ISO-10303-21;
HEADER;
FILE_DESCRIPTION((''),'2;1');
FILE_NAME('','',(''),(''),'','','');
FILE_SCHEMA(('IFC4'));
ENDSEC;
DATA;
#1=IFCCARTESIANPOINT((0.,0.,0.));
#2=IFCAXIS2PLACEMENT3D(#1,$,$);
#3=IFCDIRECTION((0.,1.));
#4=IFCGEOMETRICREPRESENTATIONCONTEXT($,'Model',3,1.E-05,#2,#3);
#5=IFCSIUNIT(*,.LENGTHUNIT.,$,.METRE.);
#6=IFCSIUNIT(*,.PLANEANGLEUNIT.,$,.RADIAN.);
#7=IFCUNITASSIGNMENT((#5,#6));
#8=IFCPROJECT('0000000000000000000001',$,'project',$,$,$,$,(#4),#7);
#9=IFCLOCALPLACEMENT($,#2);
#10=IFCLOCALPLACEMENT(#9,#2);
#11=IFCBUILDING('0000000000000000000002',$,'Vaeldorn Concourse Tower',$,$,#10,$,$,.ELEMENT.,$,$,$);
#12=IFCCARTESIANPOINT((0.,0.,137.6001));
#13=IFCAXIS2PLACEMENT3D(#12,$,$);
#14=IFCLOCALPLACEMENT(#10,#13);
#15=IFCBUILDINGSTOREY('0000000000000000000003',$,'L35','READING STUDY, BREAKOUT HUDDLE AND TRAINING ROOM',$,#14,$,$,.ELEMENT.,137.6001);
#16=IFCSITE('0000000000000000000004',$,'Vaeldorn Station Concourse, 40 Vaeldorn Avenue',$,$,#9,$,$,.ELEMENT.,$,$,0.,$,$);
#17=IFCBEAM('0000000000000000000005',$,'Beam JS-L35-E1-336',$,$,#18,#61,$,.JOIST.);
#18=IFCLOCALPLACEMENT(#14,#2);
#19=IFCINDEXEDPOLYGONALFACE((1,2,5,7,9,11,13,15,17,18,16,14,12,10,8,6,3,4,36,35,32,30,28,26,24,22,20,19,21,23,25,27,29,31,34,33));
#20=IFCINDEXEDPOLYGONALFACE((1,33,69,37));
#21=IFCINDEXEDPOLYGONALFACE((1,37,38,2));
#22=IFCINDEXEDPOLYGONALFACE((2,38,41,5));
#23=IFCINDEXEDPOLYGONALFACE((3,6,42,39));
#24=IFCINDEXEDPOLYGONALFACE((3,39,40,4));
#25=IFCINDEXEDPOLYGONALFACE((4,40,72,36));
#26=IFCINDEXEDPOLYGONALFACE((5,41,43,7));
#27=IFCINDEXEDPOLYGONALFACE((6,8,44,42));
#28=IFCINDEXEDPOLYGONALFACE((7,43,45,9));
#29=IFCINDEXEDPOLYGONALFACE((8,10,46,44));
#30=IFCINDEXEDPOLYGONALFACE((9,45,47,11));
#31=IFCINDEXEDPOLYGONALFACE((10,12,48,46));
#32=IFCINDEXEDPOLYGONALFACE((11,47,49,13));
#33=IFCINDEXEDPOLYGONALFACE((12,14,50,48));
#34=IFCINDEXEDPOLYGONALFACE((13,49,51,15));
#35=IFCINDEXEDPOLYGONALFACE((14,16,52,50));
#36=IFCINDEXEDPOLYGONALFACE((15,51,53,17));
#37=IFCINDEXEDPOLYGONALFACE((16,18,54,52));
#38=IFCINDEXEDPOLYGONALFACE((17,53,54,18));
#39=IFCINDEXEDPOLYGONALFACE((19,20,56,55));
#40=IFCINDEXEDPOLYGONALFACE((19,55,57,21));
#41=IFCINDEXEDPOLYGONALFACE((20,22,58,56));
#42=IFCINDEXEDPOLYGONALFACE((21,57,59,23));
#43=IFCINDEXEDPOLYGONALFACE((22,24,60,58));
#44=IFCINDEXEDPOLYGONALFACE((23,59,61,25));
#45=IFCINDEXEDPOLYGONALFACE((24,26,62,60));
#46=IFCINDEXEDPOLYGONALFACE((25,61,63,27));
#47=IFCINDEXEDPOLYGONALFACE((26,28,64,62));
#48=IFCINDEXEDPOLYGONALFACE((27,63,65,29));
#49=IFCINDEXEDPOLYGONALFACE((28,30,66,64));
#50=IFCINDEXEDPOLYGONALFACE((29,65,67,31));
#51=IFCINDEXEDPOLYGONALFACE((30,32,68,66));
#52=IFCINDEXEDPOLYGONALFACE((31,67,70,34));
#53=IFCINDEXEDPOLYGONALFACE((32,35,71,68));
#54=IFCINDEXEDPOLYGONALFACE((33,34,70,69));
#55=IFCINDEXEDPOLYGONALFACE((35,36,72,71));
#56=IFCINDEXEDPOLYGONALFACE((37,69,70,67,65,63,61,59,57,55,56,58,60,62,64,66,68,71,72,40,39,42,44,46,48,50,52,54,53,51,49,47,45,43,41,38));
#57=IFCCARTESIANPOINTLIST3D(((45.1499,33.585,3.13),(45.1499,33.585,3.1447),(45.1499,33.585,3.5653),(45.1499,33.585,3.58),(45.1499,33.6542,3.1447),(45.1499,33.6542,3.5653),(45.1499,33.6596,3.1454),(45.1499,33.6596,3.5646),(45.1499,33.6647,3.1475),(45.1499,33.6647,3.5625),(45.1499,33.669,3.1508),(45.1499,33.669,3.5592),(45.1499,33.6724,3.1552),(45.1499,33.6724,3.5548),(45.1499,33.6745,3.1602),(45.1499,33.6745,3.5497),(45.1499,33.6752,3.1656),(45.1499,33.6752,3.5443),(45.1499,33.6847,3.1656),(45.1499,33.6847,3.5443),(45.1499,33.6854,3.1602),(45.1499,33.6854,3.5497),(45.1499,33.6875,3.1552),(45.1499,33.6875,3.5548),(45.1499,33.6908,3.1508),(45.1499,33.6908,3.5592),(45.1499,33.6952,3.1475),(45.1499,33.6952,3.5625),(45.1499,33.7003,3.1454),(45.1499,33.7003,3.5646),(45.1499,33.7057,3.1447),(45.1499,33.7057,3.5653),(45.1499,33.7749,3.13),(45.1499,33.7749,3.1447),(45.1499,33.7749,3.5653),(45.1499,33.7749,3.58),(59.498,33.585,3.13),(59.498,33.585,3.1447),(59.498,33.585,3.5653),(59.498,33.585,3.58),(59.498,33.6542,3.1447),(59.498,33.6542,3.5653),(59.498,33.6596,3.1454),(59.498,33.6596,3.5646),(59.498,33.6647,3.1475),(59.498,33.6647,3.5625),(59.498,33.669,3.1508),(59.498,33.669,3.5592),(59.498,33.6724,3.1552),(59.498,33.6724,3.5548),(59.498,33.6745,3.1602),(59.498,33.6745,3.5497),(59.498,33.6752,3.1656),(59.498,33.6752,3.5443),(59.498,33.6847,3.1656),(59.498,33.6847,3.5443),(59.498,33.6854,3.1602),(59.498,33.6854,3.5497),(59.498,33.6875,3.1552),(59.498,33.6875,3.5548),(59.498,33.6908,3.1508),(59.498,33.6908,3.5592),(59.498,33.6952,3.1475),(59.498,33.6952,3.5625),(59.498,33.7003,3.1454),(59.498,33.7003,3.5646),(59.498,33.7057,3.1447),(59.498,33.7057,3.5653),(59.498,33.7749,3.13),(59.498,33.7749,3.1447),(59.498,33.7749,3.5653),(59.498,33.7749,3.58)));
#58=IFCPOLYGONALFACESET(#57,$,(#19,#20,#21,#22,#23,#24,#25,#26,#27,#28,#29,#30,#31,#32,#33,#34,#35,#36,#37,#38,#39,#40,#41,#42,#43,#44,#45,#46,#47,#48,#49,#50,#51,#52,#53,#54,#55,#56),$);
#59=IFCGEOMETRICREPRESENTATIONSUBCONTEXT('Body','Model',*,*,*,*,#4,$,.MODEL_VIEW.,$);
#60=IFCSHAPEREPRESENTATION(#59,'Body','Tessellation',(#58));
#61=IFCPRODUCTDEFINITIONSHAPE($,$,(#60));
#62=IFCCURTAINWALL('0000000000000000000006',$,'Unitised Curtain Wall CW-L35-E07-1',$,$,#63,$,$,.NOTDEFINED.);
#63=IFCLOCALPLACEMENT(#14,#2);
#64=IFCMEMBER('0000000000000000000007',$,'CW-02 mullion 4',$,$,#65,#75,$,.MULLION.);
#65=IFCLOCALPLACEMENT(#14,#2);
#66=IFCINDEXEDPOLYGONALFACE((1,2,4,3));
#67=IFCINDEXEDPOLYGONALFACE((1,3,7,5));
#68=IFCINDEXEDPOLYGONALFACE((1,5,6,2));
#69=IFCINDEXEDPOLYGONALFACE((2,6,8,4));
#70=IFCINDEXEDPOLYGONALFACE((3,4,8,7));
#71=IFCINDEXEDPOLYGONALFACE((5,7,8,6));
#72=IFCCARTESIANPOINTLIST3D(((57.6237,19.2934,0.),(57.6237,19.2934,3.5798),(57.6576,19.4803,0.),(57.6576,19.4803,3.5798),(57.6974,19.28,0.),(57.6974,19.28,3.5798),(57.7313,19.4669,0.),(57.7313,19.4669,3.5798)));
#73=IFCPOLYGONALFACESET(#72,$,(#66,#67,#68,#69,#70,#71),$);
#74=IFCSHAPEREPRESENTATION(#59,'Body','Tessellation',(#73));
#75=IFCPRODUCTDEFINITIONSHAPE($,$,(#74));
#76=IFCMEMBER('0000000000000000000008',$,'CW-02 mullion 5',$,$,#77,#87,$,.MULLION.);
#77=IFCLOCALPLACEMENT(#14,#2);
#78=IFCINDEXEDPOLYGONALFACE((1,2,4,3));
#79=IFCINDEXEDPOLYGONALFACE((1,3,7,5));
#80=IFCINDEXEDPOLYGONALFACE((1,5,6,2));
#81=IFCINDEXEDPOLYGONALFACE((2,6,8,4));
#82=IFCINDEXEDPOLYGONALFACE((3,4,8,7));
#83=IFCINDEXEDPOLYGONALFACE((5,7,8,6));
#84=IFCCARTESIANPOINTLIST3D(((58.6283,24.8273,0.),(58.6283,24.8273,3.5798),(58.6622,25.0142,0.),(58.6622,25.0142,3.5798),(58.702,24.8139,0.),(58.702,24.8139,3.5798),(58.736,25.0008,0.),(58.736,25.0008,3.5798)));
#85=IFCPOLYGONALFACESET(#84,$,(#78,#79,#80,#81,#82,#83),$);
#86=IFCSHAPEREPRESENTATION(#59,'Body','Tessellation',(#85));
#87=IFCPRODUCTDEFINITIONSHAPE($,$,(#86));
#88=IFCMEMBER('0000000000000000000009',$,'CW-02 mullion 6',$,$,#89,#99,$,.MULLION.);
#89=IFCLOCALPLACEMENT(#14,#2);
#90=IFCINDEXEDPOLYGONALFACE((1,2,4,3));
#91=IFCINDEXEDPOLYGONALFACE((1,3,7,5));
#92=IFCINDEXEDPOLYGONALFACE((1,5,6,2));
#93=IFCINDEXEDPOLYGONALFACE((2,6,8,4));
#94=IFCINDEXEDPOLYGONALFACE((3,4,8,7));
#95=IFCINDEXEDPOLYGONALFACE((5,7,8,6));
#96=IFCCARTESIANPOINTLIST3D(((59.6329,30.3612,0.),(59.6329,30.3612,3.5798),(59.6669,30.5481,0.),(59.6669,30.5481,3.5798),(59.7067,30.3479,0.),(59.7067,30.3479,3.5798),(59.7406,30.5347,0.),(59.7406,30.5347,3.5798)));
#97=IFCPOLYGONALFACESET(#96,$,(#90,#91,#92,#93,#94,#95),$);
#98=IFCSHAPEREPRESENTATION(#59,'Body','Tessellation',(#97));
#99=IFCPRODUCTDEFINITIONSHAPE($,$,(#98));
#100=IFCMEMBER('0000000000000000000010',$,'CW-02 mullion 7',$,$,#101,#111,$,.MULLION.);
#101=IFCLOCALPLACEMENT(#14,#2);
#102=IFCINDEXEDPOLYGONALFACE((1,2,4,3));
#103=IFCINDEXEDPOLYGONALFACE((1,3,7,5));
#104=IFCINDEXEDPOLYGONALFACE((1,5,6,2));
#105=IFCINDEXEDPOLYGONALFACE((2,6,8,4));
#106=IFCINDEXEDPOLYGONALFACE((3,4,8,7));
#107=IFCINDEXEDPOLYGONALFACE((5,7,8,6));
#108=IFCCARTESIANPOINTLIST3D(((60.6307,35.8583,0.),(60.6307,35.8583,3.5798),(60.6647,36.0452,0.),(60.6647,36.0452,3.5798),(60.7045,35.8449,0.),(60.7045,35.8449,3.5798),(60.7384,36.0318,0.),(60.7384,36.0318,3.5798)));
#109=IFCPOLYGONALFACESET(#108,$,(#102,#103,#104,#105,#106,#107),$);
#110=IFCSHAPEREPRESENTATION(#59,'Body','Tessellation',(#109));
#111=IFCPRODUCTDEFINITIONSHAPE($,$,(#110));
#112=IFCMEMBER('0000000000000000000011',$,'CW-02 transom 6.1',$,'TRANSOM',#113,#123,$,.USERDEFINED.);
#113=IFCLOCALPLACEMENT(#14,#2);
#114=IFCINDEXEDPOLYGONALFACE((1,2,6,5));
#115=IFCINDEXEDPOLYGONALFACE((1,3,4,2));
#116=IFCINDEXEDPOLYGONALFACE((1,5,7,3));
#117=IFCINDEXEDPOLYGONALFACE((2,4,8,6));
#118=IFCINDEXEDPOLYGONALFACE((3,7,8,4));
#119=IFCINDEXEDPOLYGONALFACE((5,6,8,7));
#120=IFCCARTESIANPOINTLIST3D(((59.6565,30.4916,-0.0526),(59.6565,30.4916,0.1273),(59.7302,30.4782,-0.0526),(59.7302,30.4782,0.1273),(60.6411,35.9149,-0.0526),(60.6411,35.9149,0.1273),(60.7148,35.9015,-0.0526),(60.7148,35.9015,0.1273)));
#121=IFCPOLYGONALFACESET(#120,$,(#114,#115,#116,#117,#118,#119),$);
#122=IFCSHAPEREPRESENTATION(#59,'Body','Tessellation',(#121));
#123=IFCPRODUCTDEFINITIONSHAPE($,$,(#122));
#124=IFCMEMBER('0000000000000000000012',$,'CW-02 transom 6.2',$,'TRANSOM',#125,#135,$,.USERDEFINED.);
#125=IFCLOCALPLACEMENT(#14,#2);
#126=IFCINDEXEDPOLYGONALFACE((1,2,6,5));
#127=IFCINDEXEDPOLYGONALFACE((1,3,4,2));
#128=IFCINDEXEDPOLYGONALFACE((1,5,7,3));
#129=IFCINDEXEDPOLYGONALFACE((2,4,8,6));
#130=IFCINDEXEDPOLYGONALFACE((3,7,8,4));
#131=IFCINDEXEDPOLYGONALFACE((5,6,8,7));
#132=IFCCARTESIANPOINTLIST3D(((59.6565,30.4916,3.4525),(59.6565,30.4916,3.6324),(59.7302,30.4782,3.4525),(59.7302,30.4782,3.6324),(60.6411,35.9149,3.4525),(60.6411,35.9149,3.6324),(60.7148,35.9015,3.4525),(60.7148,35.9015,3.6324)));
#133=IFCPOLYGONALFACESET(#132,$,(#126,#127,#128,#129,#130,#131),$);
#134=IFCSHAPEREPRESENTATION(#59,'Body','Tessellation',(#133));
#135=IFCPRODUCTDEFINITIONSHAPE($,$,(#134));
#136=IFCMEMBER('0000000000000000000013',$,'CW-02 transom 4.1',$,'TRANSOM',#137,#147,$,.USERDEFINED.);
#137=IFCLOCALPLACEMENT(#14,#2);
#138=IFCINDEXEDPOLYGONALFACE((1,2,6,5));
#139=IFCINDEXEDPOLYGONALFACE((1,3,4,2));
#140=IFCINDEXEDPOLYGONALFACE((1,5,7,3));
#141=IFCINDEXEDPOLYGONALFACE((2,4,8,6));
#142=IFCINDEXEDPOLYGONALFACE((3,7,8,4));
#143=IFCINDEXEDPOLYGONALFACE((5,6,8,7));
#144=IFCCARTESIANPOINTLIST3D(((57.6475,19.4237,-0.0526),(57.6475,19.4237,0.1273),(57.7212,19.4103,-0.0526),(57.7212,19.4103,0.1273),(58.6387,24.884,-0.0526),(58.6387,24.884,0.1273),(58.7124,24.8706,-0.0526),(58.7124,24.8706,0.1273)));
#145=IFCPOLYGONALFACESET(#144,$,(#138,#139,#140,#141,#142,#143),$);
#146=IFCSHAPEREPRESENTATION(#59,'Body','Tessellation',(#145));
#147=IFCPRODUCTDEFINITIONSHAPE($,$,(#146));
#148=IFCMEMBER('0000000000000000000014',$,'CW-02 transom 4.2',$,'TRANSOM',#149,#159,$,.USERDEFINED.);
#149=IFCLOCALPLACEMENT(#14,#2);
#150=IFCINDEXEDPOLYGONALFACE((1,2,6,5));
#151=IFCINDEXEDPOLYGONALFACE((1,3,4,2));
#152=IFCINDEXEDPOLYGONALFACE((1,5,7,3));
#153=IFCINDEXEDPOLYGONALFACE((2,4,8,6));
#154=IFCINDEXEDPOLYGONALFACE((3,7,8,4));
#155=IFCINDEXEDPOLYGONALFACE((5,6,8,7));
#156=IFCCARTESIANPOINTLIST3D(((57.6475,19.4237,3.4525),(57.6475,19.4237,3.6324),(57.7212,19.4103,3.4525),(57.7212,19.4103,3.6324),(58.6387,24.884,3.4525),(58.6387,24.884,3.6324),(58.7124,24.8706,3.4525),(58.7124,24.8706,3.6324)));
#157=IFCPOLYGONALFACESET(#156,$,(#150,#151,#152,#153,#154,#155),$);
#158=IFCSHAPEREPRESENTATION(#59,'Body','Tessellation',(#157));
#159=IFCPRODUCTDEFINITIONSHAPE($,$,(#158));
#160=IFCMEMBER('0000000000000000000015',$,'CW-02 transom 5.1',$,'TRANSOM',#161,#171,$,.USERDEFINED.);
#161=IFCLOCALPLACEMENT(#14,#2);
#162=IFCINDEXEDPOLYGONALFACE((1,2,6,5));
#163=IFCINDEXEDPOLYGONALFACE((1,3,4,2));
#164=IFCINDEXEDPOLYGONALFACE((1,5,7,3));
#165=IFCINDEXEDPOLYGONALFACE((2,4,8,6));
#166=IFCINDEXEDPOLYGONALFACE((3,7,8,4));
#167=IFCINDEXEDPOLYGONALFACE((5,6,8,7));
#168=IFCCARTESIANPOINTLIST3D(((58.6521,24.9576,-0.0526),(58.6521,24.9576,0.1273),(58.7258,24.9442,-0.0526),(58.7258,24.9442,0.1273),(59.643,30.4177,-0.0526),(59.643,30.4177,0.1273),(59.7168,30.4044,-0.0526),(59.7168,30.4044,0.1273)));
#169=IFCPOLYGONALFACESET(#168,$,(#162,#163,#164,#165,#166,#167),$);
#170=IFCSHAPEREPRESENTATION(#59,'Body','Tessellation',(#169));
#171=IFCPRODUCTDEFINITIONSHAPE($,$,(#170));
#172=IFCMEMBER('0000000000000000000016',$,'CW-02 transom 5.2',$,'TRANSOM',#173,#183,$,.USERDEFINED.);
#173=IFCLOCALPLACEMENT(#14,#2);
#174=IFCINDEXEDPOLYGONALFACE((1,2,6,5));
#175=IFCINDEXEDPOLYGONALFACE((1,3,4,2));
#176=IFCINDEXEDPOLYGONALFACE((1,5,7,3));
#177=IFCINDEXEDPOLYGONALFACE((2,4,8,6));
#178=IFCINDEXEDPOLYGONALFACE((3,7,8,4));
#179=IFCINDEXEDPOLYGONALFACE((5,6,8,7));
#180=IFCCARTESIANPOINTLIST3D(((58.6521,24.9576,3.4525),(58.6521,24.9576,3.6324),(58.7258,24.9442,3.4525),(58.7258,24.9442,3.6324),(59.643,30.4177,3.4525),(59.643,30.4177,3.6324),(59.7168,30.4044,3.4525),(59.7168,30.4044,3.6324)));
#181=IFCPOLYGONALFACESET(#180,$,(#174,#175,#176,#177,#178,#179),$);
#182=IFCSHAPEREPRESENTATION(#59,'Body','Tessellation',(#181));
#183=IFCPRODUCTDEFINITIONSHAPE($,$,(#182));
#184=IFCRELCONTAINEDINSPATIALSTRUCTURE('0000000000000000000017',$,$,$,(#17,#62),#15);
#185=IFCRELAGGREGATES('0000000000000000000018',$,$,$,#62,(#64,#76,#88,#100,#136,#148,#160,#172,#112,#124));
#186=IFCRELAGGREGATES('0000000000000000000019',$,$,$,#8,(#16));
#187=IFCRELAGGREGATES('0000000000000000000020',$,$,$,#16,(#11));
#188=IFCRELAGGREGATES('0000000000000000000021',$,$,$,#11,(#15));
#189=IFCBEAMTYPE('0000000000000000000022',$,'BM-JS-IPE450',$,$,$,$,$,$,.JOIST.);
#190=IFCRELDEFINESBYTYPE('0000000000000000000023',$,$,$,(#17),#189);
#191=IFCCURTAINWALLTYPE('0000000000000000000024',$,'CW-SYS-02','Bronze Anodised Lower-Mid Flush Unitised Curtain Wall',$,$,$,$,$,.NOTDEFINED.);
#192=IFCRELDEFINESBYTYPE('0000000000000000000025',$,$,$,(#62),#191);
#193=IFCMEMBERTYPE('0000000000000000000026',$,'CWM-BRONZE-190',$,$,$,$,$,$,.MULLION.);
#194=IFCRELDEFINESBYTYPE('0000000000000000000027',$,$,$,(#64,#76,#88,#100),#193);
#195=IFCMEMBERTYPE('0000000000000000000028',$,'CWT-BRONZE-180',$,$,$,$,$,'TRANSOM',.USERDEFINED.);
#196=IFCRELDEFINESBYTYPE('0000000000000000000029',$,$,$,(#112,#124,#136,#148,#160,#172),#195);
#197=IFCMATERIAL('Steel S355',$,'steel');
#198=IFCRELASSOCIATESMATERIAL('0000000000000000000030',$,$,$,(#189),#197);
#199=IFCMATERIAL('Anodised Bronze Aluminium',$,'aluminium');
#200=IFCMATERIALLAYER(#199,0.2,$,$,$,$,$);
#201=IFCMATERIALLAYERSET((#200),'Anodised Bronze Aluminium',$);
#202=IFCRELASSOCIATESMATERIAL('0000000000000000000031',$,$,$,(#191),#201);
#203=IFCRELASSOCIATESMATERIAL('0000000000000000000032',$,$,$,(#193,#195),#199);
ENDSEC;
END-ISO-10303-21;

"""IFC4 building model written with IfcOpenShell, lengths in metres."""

from ifc_helpers import new_model, si_unit, direction, frame, origin, origin_2d, place, context, subcontext, project, spatial, rectangle, i_section, extrude, source, transform, mapped, material, layer, layer_set, material_profile, profile_set, type_object, element, aggregate, save


model = new_model("IFC4")

# Units and contexts
model_context = context("Model", 3, precision=1e-05, world=origin(), true_north=direction((0.0, 1.0)))
body_context = subcontext(model_context, "Body", "Model", "MODEL_VIEW")
ifc_project = project(units=[si_unit("LENGTHUNIT", "METRE"), si_unit("PLANEANGLEUNIT", "RADIAN")], contexts=[model_context])

# Site, building, storey
site_placement = place(None, origin())
site = spatial("IfcSite", under=ifc_project, at=site_placement, Name="Vaeldorn Station Concourse, 40 Vaeldorn Avenue", CompositionType="ELEMENT", RefElevation=0.0)
building_placement = place(site_placement, origin())
building = spatial("IfcBuilding", under=site, at=building_placement, Name="Vaeldorn Concourse Tower", CompositionType="ELEMENT")
storey_placement = place(building_placement, frame((0.0, 0.0, 137.6001)))
storey = spatial("IfcBuildingStorey", under=building, at=storey_placement, Name="L35", Description="READING STUDY, BREAKOUT HUDDLE AND TRAINING ROOM", CompositionType="ELEMENT", Elevation=137.6001)

# Beam
ifc_material_1 = material(Name="Steel S355", Category="steel")
ifc_material_profile_1 = material_profile(ifc_material_1, i_section(OverallWidth=0.1899, OverallDepth=0.45, WebThickness=0.0095, FlangeThickness=0.0146, FilletRadius=0.021, at=origin_2d()), Name="IPE 450")
ifc_profile_set_1 = profile_set([ifc_material_profile_1], Name="Steel S355")
beam_type_1 = type_object("IfcBeamType", Name="BM-JS-IPE450", PredefinedType="JOIST", material=ifc_profile_set_1)
shared_shape_1 = source(origin(), body_context, "Body", "SweptSolid", [
    extrude(i_section(OverallWidth=0.1899, OverallDepth=0.45, WebThickness=0.0095, FlangeThickness=0.0146, FilletRadius=0.021, at=origin_2d()), origin(), (0.0, 0.0, 1.0), 14.3481),
])
beam_1_placement = place(storey_placement, frame((45.1499, 33.6799, 3.355), z_axis=(1.0, 0.0, 0.0), x_axis=(0.0, 1.0, 0.0)))
element("IfcBeam", 1, at=beam_1_placement, inside=storey, type_object=beam_type_1, Name="Beam JS-L35-E1-336", PredefinedType="JOIST", context=body_context, shape_type="MappedRepresentation", body=[
    mapped(shared_shape_1, transform((0.0, 0.0, 0.0), scale=1.0)),
])

# Curtain wall, members
ifc_material_2 = material(Name="Anodised Bronze Aluminium", Category="aluminium")
ifc_layer_1 = layer(ifc_material_2, 0.2)
ifc_layer_set_1 = layer_set([ifc_layer_1], Name="Anodised Bronze Aluminium")
curtain_wall_type = type_object("IfcCurtainWallType", Name="CW-SYS-02", Description="Bronze Anodised Lower-Mid Flush Unitised Curtain Wall", PredefinedType="NOTDEFINED", material=ifc_layer_set_1)
curtain_wall_placement = place(storey_placement, origin())
curtain_wall = element("IfcCurtainWall", 2, at=curtain_wall_placement, inside=storey, type_object=curtain_wall_type, Name="Unitised Curtain Wall CW-L35-E07-1", PredefinedType="NOTDEFINED")
ifc_material_profile_2 = material_profile(ifc_material_2, rectangle(XDim=0.075, YDim=0.1899, at=origin_2d()), Name="CWM 75x190")
ifc_profile_set_2 = profile_set([ifc_material_profile_2], Name="Anodised Bronze Aluminium")
member_type_1 = type_object("IfcMemberType", Name="CWM-BRONZE-190", PredefinedType="MULLION", material=ifc_profile_set_2)
shared_shape_2 = source(origin(), body_context, "Body", "SweptSolid", [
    extrude(rectangle(XDim=0.075, YDim=0.1899, at=origin_2d()), origin(), (0.0, 0.0, 1.0), 3.5798),
])
member_1_placement = place(storey_placement, frame((57.6775, 19.3801, 0.0), z_axis=(0.0, 0.0, 1.0), x_axis=(-0.98392, 0.178608, 0.0)))
member_1 = element("IfcMember", 3, at=member_1_placement, type_object=member_type_1, Name="CW-02 mullion 4", PredefinedType="MULLION", context=body_context, shape_type="MappedRepresentation", body=[
    mapped(shared_shape_2, transform((0.0, 0.0, 0.0), scale=1.0)),
])
member_2_placement = place(storey_placement, frame((58.6821, 24.9141, 0.0), z_axis=(0.0, 0.0, 1.0), x_axis=(-0.98392, 0.178608, 0.0)))
member_2 = element("IfcMember", 4, at=member_2_placement, type_object=member_type_1, Name="CW-02 mullion 5", PredefinedType="MULLION", context=body_context, shape_type="MappedRepresentation", body=[
    mapped(shared_shape_2, transform((0.0, 0.0, 0.0), scale=1.0)),
])
member_3_placement = place(storey_placement, frame((59.6868, 30.448, 0.0), z_axis=(0.0, 0.0, 1.0), x_axis=(-0.98392, 0.178608, 0.0)))
member_3 = element("IfcMember", 5, at=member_3_placement, type_object=member_type_1, Name="CW-02 mullion 6", PredefinedType="MULLION", context=body_context, shape_type="MappedRepresentation", body=[
    mapped(shared_shape_2, transform((0.0, 0.0, 0.0), scale=1.0)),
])
member_4_placement = place(storey_placement, frame((60.6846, 35.9451, 0.0), z_axis=(0.0, 0.0, 1.0), x_axis=(-0.98392, 0.178608, 0.0)))
member_4 = element("IfcMember", 6, at=member_4_placement, type_object=member_type_1, Name="CW-02 mullion 7", PredefinedType="MULLION", context=body_context, shape_type="MappedRepresentation", body=[
    mapped(shared_shape_2, transform((0.0, 0.0, 0.0), scale=1.0)),
])
ifc_material_profile_3 = material_profile(ifc_material_2, rectangle(XDim=0.075, YDim=0.1799, at=origin_2d()), Name="CWT 75x180")
ifc_profile_set_3 = profile_set([ifc_material_profile_3], Name="Anodised Bronze Aluminium")
member_type_2 = type_object("IfcMemberType", Name="CWT-BRONZE-180", ElementType="TRANSOM", PredefinedType="USERDEFINED", material=ifc_profile_set_3)
shared_shape_3 = source(origin(), body_context, "Body", "SweptSolid", [
    extrude(rectangle(XDim=0.075, YDim=0.1799, at=origin_2d()), origin(), (0.0, 0.0, 1.0), 5.512),
])
member_5_placement = place(storey_placement, frame((59.6934, 30.4849, 0.0374), z_axis=(0.178632, 0.983916, 0.0), x_axis=(-0.983916, 0.178632, 0.0)))
member_5 = element("IfcMember", 7, at=member_5_placement, type_object=member_type_2, Name="CW-02 transom 6.1", ObjectType="TRANSOM", PredefinedType="USERDEFINED", context=body_context, shape_type="MappedRepresentation", body=[
    mapped(shared_shape_3, transform((0.0, 0.0, 0.0), scale=1.0)),
])
member_6_placement = place(storey_placement, frame((59.6934, 30.4849, 3.5425), z_axis=(0.178632, 0.983916, 0.0), x_axis=(-0.983916, 0.178632, 0.0)))
member_6 = element("IfcMember", 8, at=member_6_placement, type_object=member_type_2, Name="CW-02 transom 6.2", ObjectType="TRANSOM", PredefinedType="USERDEFINED", context=body_context, shape_type="MappedRepresentation", body=[
    mapped(shared_shape_3, transform((0.0, 0.0, 0.0), scale=1.0)),
])
shared_shape_4 = source(origin(), body_context, "Body", "SweptSolid", [
    extrude(rectangle(XDim=0.075, YDim=0.1799, at=origin_2d()), origin(), (0.0, 0.0, 1.0), 5.5496),
])
member_7_placement = place(storey_placement, frame((57.6843, 19.417, 0.0374), z_axis=(0.178614, 0.983919, 0.0), x_axis=(-0.983919, 0.178614, 0.0)))
member_7 = element("IfcMember", 9, at=member_7_placement, type_object=member_type_2, Name="CW-02 transom 4.1", ObjectType="TRANSOM", PredefinedType="USERDEFINED", context=body_context, shape_type="MappedRepresentation", body=[
    mapped(shared_shape_4, transform((0.0, 0.0, 0.0), scale=1.0)),
])
member_8_placement = place(storey_placement, frame((57.6843, 19.417, 3.5425), z_axis=(0.178614, 0.983919, 0.0), x_axis=(-0.983919, 0.178614, 0.0)))
member_8 = element("IfcMember", 10, at=member_8_placement, type_object=member_type_2, Name="CW-02 transom 4.2", ObjectType="TRANSOM", PredefinedType="USERDEFINED", context=body_context, shape_type="MappedRepresentation", body=[
    mapped(shared_shape_4, transform((0.0, 0.0, 0.0), scale=1.0)),
])
shared_shape_5 = source(origin(), body_context, "Body", "SweptSolid", [
    extrude(rectangle(XDim=0.075, YDim=0.1799, at=origin_2d()), origin(), (0.0, 0.0, 1.0), 5.5493),
])
member_9_placement = place(storey_placement, frame((58.689, 24.9509, 0.0374), z_axis=(0.178572, 0.983927, 0.0), x_axis=(-0.983927, 0.178572, 0.0)))
member_9 = element("IfcMember", 11, at=member_9_placement, type_object=member_type_2, Name="CW-02 transom 5.1", ObjectType="TRANSOM", PredefinedType="USERDEFINED", context=body_context, shape_type="MappedRepresentation", body=[
    mapped(shared_shape_5, transform((0.0, 0.0, 0.0), scale=1.0)),
])
member_10_placement = place(storey_placement, frame((58.689, 24.9509, 3.5425), z_axis=(0.178572, 0.983927, 0.0), x_axis=(-0.983927, 0.178572, 0.0)))
member_10 = element("IfcMember", 12, at=member_10_placement, type_object=member_type_2, Name="CW-02 transom 5.2", ObjectType="TRANSOM", PredefinedType="USERDEFINED", context=body_context, shape_type="MappedRepresentation", body=[
    mapped(shared_shape_5, transform((0.0, 0.0, 0.0), scale=1.0)),
])
aggregate(curtain_wall, [member_1, member_2, member_3, member_4, member_7, member_8, member_9, member_10, member_5, member_6])

save(model, "model.ifc")
